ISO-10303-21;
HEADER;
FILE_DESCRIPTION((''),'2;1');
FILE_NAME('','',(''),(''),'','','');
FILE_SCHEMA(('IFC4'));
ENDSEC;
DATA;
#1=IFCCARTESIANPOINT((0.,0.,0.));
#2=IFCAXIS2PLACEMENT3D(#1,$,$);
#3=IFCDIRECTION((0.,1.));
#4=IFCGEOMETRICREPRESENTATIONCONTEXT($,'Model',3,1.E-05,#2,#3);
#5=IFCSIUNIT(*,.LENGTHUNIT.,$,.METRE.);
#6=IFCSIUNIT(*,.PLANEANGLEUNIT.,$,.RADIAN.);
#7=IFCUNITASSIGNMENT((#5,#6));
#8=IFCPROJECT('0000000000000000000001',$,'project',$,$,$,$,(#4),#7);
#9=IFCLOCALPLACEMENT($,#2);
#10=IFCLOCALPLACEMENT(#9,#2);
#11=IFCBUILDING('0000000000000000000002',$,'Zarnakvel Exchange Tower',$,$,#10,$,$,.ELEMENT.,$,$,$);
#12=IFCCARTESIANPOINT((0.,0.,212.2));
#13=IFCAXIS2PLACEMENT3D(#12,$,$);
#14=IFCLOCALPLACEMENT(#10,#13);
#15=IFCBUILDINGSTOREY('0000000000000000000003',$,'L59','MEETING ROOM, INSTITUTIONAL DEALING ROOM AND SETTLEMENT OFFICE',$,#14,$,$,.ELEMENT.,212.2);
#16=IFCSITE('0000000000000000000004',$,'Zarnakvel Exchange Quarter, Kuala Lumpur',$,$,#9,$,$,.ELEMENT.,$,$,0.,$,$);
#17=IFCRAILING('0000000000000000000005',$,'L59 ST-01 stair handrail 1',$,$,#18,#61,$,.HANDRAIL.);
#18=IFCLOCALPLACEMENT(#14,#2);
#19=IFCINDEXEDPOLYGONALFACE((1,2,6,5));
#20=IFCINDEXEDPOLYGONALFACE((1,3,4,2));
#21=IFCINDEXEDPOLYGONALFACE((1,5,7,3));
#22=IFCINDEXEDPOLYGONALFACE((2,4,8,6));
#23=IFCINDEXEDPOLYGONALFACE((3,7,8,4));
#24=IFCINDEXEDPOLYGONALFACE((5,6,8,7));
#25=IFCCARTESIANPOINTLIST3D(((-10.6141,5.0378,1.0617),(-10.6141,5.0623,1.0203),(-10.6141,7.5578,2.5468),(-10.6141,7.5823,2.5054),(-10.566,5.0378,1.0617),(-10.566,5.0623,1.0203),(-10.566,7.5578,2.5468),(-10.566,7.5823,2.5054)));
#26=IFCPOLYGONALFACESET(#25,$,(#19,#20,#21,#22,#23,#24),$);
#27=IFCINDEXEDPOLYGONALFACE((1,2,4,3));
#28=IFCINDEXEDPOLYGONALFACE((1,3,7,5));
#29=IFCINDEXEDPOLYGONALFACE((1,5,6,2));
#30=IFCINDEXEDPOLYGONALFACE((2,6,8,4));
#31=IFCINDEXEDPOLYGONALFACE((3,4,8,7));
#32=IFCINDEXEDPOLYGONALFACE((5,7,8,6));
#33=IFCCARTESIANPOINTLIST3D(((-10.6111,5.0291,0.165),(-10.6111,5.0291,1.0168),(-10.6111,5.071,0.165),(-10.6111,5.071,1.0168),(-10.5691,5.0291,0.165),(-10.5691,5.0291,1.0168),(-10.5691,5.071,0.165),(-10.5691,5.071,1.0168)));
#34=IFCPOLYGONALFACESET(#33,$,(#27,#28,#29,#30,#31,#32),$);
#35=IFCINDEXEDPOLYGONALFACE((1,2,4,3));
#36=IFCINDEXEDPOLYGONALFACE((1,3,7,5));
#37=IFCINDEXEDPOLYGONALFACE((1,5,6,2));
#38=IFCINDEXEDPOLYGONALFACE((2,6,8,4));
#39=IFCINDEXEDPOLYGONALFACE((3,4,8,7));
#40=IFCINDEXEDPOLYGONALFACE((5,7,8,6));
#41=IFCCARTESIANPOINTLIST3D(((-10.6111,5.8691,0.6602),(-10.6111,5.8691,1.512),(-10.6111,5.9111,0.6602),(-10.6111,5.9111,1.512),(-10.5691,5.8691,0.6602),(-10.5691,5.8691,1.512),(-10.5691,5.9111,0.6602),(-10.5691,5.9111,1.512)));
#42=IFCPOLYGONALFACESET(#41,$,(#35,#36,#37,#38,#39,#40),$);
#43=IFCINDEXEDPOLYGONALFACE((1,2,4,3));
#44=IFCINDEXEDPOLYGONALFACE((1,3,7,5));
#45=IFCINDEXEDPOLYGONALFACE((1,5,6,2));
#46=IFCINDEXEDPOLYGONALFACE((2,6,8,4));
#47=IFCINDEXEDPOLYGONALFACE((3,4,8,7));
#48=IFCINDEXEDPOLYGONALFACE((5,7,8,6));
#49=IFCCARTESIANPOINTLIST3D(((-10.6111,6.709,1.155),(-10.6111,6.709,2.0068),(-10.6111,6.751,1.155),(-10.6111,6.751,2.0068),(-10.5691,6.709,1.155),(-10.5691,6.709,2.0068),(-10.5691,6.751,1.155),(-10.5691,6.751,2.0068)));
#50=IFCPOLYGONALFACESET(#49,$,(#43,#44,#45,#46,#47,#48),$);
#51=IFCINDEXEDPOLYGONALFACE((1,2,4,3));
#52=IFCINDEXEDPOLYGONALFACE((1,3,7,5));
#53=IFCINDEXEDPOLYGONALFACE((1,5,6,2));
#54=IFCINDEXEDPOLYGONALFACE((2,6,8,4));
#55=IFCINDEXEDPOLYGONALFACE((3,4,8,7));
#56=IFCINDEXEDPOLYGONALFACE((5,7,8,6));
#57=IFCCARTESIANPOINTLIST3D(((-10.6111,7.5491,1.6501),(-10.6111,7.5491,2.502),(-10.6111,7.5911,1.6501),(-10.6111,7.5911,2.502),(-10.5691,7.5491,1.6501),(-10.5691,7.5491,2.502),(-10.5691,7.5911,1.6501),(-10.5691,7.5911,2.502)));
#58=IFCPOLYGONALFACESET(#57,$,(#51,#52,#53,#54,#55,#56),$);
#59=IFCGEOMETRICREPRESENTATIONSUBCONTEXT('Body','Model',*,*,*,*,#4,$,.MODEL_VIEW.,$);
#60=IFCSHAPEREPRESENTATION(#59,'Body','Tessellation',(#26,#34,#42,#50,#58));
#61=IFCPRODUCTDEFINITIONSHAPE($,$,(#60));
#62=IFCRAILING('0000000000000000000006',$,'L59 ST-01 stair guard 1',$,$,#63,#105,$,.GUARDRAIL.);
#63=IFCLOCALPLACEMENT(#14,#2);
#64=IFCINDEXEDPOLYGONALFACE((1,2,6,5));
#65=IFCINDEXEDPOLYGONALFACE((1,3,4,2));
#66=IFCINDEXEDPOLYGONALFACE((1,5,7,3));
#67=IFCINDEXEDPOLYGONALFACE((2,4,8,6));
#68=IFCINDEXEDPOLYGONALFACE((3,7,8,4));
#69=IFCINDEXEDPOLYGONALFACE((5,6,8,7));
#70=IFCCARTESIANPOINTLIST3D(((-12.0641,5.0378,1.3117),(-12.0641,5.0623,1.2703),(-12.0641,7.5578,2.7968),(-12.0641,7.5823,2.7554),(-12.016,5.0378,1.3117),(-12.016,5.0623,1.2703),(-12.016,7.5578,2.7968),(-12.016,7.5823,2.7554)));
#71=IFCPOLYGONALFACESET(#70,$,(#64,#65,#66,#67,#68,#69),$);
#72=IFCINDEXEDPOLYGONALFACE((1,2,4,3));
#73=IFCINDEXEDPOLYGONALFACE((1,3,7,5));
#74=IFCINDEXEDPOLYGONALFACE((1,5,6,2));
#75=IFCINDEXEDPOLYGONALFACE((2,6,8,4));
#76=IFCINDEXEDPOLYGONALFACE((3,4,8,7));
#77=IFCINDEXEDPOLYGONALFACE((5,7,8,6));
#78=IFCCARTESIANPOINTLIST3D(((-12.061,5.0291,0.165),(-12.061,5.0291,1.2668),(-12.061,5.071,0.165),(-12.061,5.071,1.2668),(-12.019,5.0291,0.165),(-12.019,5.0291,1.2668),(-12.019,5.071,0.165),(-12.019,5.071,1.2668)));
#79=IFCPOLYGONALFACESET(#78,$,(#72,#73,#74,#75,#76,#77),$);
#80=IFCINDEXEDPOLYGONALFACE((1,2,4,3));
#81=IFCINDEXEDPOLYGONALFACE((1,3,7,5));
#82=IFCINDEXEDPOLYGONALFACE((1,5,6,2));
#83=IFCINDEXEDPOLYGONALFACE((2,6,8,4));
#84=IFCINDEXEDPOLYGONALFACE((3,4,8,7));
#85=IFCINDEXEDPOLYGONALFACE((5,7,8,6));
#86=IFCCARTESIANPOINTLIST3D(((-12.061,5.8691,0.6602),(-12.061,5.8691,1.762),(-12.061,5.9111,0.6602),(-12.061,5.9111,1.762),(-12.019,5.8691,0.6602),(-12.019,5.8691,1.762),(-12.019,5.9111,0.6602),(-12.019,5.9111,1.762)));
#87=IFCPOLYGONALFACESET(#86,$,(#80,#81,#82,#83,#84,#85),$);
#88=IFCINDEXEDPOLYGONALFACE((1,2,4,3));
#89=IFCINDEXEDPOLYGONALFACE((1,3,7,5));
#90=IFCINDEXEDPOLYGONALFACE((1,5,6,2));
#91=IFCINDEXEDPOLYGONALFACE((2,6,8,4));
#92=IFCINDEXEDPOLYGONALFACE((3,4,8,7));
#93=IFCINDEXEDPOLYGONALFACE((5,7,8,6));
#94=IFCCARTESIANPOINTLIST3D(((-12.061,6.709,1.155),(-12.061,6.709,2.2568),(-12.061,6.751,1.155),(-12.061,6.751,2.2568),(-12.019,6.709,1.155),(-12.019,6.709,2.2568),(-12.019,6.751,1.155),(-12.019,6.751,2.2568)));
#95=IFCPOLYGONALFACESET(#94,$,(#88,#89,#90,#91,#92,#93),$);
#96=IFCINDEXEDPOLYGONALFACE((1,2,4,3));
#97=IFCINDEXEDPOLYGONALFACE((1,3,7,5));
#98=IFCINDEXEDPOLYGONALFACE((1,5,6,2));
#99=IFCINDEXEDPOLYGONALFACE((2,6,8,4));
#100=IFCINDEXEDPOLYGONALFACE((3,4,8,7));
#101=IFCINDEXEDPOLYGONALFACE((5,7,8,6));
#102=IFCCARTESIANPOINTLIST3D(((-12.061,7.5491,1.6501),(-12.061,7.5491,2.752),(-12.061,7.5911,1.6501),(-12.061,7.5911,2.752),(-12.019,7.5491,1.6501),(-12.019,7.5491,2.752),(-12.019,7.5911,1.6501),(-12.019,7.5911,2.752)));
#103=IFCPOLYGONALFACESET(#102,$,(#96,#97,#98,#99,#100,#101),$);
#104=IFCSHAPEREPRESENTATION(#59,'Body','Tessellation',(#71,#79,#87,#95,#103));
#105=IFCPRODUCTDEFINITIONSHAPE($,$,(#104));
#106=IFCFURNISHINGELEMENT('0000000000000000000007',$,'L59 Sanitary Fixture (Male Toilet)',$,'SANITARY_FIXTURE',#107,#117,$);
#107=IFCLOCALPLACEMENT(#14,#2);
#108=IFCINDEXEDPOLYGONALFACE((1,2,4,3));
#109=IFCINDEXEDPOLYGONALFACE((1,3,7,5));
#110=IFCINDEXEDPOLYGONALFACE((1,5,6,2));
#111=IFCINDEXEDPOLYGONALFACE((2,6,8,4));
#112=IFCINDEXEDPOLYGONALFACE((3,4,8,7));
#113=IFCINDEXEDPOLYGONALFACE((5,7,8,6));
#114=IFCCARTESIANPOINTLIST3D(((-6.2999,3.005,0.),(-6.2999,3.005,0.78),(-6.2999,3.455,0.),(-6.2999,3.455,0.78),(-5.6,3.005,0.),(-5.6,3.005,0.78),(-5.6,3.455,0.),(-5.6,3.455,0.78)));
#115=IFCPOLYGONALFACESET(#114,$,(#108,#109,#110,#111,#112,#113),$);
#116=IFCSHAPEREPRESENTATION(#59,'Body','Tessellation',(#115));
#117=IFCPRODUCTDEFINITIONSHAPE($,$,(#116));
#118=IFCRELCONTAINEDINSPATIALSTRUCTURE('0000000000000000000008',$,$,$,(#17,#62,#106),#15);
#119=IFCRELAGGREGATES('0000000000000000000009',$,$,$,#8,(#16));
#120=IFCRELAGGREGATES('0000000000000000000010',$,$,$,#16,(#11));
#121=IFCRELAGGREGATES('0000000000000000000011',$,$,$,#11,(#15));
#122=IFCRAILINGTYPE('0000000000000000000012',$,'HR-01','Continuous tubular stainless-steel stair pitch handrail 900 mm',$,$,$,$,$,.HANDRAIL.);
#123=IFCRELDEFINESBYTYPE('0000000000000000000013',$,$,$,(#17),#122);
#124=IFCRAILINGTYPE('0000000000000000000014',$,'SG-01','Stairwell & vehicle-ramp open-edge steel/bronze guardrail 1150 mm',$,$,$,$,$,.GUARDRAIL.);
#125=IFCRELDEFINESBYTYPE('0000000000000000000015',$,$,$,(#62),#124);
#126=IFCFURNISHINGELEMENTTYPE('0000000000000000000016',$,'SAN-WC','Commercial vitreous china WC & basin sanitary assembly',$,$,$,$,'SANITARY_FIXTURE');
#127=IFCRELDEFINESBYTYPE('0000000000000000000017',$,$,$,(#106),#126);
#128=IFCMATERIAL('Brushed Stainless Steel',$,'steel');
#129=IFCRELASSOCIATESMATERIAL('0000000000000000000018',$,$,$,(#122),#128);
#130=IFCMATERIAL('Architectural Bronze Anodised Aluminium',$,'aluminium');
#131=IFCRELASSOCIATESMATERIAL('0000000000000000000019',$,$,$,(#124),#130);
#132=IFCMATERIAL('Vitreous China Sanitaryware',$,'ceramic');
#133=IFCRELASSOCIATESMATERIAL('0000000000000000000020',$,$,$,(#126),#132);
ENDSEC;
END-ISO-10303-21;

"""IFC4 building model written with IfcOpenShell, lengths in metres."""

from ifc_helpers import new_model, si_unit, direction, frame, origin, origin_2d, place, context, subcontext, project, spatial, rectangle, extrude, source, transform, mapped, material, type_object, element, save


model = new_model("IFC4")

# Units and contexts
model_context = context("Model", 3, precision=1e-05, world=origin(), true_north=direction((0.0, 1.0)))
body_context = subcontext(model_context, "Body", "Model", "MODEL_VIEW")
ifc_project = project(units=[si_unit("LENGTHUNIT", "METRE"), si_unit("PLANEANGLEUNIT", "RADIAN")], contexts=[model_context])

# Site, building, storey
site_placement = place(None, origin())
site = spatial("IfcSite", under=ifc_project, at=site_placement, Name="Zarnakvel Exchange Quarter, Kuala Lumpur", CompositionType="ELEMENT", RefElevation=0.0)
building_placement = place(site_placement, origin())
building = spatial("IfcBuilding", under=site, at=building_placement, Name="Zarnakvel Exchange Tower", CompositionType="ELEMENT")
storey_placement = place(building_placement, frame((0.0, 0.0, 212.2)))
storey = spatial("IfcBuildingStorey", under=building, at=storey_placement, Name="L59", Description="MEETING ROOM, INSTITUTIONAL DEALING ROOM AND SETTLEMENT OFFICE", CompositionType="ELEMENT", Elevation=212.2)

# Shared definitions
ifc_material_1 = material(Name="Brushed Stainless Steel", Category="steel")

# Railings
railing_type_1 = type_object("IfcRailingType", Name="HR-01", Description="Continuous tubular stainless-steel stair pitch handrail 900 mm", PredefinedType="HANDRAIL", material=ifc_material_1)
railing_1_placement = place(storey_placement, frame((-10.5901, 5.05, 0.165)))
element("IfcRailing", 1, at=railing_1_placement, inside=storey, type_object=railing_type_1, Name="L59 ST-01 stair handrail 1", PredefinedType="HANDRAIL", context=body_context, shape_type="SweptSolid", body=[
    extrude(rectangle(XDim=0.0481, YDim=0.0481, at=origin_2d()), frame((0.0, 0.0, 0.876), z_axis=(0.0, 0.861524, 0.507717), x_axis=(-1.0, 0.0, 0.0)), (0.0, 0.0, 1.0), 2.925),
    extrude(rectangle(XDim=0.042, YDim=0.042, at=origin_2d()), origin(), (0.0, 0.0, 1.0), 0.8518),
    extrude(rectangle(XDim=0.042, YDim=0.042, at=origin_2d()), frame((0.0, 0.8401, 0.4951)), (0.0, 0.0, 1.0), 0.8518),
    extrude(rectangle(XDim=0.042, YDim=0.042, at=origin_2d()), frame((0.0, 1.6799, 0.99)), (0.0, 0.0, 1.0), 0.8518),
    extrude(rectangle(XDim=0.042, YDim=0.042, at=origin_2d()), frame((0.0, 2.52, 1.4851)), (0.0, 0.0, 1.0), 0.8518),
])
ifc_material_2 = material(Name="Architectural Bronze Anodised Aluminium", Category="aluminium")
railing_type_2 = type_object("IfcRailingType", Name="SG-01", Description="Stairwell & vehicle-ramp open-edge steel/bronze guardrail 1150 mm", PredefinedType="GUARDRAIL", material=ifc_material_2)
railing_2_placement = place(storey_placement, frame((-12.04, 5.05, 0.165)))
element("IfcRailing", 2, at=railing_2_placement, inside=storey, type_object=railing_type_2, Name="L59 ST-01 stair guard 1", PredefinedType="GUARDRAIL", context=body_context, shape_type="SweptSolid", body=[
    extrude(rectangle(XDim=0.0481, YDim=0.0481, at=origin_2d()), frame((0.0, 0.0, 1.126), z_axis=(0.0, 0.861524, 0.507717), x_axis=(-1.0, 0.0, 0.0)), (0.0, 0.0, 1.0), 2.925),
    extrude(rectangle(XDim=0.042, YDim=0.042, at=origin_2d()), origin(), (0.0, 0.0, 1.0), 1.1018),
    extrude(rectangle(XDim=0.042, YDim=0.042, at=origin_2d()), frame((0.0, 0.8401, 0.4951)), (0.0, 0.0, 1.0), 1.1018),
    extrude(rectangle(XDim=0.042, YDim=0.042, at=origin_2d()), frame((0.0, 1.6799, 0.99)), (0.0, 0.0, 1.0), 1.1018),
    extrude(rectangle(XDim=0.042, YDim=0.042, at=origin_2d()), frame((0.0, 2.52, 1.4851)), (0.0, 0.0, 1.0), 1.1018),
])

# Furnishing element
ifc_material_3 = material(Name="Vitreous China Sanitaryware", Category="ceramic")
furnishing_element_type = type_object("IfcFurnishingElementType", Name="SAN-WC", Description="Commercial vitreous china WC & basin sanitary assembly", ElementType="SANITARY_FIXTURE", material=ifc_material_3)
shared_shape_1 = source(origin(), body_context, "Body", "SweptSolid", [
    extrude(rectangle(XDim=0.7, YDim=0.45, at=origin_2d()), origin(), (0.0, 0.0, 1.0), 0.78),
])
furnishing_placement = place(storey_placement, frame((-5.95, 3.23, 0.0), z_axis=(0.0, 0.0, 1.0), x_axis=(1.0, 0.0, 0.0)))
element("IfcFurnishingElement", 3, at=furnishing_placement, inside=storey, type_object=furnishing_element_type, Name="L59 Sanitary Fixture (Male Toilet)", ObjectType="SANITARY_FIXTURE", context=body_context, shape_type="MappedRepresentation", body=[
    mapped(shared_shape_1, transform((0.0, 0.0, 0.0), x_axis=(1.0, 0.0, 0.0), y_axis=(0.0, 1.0, 0.0), z_axis=(0.0, 0.0, 1.0), scale=1.0)),
])

save(model, "model.ifc")
